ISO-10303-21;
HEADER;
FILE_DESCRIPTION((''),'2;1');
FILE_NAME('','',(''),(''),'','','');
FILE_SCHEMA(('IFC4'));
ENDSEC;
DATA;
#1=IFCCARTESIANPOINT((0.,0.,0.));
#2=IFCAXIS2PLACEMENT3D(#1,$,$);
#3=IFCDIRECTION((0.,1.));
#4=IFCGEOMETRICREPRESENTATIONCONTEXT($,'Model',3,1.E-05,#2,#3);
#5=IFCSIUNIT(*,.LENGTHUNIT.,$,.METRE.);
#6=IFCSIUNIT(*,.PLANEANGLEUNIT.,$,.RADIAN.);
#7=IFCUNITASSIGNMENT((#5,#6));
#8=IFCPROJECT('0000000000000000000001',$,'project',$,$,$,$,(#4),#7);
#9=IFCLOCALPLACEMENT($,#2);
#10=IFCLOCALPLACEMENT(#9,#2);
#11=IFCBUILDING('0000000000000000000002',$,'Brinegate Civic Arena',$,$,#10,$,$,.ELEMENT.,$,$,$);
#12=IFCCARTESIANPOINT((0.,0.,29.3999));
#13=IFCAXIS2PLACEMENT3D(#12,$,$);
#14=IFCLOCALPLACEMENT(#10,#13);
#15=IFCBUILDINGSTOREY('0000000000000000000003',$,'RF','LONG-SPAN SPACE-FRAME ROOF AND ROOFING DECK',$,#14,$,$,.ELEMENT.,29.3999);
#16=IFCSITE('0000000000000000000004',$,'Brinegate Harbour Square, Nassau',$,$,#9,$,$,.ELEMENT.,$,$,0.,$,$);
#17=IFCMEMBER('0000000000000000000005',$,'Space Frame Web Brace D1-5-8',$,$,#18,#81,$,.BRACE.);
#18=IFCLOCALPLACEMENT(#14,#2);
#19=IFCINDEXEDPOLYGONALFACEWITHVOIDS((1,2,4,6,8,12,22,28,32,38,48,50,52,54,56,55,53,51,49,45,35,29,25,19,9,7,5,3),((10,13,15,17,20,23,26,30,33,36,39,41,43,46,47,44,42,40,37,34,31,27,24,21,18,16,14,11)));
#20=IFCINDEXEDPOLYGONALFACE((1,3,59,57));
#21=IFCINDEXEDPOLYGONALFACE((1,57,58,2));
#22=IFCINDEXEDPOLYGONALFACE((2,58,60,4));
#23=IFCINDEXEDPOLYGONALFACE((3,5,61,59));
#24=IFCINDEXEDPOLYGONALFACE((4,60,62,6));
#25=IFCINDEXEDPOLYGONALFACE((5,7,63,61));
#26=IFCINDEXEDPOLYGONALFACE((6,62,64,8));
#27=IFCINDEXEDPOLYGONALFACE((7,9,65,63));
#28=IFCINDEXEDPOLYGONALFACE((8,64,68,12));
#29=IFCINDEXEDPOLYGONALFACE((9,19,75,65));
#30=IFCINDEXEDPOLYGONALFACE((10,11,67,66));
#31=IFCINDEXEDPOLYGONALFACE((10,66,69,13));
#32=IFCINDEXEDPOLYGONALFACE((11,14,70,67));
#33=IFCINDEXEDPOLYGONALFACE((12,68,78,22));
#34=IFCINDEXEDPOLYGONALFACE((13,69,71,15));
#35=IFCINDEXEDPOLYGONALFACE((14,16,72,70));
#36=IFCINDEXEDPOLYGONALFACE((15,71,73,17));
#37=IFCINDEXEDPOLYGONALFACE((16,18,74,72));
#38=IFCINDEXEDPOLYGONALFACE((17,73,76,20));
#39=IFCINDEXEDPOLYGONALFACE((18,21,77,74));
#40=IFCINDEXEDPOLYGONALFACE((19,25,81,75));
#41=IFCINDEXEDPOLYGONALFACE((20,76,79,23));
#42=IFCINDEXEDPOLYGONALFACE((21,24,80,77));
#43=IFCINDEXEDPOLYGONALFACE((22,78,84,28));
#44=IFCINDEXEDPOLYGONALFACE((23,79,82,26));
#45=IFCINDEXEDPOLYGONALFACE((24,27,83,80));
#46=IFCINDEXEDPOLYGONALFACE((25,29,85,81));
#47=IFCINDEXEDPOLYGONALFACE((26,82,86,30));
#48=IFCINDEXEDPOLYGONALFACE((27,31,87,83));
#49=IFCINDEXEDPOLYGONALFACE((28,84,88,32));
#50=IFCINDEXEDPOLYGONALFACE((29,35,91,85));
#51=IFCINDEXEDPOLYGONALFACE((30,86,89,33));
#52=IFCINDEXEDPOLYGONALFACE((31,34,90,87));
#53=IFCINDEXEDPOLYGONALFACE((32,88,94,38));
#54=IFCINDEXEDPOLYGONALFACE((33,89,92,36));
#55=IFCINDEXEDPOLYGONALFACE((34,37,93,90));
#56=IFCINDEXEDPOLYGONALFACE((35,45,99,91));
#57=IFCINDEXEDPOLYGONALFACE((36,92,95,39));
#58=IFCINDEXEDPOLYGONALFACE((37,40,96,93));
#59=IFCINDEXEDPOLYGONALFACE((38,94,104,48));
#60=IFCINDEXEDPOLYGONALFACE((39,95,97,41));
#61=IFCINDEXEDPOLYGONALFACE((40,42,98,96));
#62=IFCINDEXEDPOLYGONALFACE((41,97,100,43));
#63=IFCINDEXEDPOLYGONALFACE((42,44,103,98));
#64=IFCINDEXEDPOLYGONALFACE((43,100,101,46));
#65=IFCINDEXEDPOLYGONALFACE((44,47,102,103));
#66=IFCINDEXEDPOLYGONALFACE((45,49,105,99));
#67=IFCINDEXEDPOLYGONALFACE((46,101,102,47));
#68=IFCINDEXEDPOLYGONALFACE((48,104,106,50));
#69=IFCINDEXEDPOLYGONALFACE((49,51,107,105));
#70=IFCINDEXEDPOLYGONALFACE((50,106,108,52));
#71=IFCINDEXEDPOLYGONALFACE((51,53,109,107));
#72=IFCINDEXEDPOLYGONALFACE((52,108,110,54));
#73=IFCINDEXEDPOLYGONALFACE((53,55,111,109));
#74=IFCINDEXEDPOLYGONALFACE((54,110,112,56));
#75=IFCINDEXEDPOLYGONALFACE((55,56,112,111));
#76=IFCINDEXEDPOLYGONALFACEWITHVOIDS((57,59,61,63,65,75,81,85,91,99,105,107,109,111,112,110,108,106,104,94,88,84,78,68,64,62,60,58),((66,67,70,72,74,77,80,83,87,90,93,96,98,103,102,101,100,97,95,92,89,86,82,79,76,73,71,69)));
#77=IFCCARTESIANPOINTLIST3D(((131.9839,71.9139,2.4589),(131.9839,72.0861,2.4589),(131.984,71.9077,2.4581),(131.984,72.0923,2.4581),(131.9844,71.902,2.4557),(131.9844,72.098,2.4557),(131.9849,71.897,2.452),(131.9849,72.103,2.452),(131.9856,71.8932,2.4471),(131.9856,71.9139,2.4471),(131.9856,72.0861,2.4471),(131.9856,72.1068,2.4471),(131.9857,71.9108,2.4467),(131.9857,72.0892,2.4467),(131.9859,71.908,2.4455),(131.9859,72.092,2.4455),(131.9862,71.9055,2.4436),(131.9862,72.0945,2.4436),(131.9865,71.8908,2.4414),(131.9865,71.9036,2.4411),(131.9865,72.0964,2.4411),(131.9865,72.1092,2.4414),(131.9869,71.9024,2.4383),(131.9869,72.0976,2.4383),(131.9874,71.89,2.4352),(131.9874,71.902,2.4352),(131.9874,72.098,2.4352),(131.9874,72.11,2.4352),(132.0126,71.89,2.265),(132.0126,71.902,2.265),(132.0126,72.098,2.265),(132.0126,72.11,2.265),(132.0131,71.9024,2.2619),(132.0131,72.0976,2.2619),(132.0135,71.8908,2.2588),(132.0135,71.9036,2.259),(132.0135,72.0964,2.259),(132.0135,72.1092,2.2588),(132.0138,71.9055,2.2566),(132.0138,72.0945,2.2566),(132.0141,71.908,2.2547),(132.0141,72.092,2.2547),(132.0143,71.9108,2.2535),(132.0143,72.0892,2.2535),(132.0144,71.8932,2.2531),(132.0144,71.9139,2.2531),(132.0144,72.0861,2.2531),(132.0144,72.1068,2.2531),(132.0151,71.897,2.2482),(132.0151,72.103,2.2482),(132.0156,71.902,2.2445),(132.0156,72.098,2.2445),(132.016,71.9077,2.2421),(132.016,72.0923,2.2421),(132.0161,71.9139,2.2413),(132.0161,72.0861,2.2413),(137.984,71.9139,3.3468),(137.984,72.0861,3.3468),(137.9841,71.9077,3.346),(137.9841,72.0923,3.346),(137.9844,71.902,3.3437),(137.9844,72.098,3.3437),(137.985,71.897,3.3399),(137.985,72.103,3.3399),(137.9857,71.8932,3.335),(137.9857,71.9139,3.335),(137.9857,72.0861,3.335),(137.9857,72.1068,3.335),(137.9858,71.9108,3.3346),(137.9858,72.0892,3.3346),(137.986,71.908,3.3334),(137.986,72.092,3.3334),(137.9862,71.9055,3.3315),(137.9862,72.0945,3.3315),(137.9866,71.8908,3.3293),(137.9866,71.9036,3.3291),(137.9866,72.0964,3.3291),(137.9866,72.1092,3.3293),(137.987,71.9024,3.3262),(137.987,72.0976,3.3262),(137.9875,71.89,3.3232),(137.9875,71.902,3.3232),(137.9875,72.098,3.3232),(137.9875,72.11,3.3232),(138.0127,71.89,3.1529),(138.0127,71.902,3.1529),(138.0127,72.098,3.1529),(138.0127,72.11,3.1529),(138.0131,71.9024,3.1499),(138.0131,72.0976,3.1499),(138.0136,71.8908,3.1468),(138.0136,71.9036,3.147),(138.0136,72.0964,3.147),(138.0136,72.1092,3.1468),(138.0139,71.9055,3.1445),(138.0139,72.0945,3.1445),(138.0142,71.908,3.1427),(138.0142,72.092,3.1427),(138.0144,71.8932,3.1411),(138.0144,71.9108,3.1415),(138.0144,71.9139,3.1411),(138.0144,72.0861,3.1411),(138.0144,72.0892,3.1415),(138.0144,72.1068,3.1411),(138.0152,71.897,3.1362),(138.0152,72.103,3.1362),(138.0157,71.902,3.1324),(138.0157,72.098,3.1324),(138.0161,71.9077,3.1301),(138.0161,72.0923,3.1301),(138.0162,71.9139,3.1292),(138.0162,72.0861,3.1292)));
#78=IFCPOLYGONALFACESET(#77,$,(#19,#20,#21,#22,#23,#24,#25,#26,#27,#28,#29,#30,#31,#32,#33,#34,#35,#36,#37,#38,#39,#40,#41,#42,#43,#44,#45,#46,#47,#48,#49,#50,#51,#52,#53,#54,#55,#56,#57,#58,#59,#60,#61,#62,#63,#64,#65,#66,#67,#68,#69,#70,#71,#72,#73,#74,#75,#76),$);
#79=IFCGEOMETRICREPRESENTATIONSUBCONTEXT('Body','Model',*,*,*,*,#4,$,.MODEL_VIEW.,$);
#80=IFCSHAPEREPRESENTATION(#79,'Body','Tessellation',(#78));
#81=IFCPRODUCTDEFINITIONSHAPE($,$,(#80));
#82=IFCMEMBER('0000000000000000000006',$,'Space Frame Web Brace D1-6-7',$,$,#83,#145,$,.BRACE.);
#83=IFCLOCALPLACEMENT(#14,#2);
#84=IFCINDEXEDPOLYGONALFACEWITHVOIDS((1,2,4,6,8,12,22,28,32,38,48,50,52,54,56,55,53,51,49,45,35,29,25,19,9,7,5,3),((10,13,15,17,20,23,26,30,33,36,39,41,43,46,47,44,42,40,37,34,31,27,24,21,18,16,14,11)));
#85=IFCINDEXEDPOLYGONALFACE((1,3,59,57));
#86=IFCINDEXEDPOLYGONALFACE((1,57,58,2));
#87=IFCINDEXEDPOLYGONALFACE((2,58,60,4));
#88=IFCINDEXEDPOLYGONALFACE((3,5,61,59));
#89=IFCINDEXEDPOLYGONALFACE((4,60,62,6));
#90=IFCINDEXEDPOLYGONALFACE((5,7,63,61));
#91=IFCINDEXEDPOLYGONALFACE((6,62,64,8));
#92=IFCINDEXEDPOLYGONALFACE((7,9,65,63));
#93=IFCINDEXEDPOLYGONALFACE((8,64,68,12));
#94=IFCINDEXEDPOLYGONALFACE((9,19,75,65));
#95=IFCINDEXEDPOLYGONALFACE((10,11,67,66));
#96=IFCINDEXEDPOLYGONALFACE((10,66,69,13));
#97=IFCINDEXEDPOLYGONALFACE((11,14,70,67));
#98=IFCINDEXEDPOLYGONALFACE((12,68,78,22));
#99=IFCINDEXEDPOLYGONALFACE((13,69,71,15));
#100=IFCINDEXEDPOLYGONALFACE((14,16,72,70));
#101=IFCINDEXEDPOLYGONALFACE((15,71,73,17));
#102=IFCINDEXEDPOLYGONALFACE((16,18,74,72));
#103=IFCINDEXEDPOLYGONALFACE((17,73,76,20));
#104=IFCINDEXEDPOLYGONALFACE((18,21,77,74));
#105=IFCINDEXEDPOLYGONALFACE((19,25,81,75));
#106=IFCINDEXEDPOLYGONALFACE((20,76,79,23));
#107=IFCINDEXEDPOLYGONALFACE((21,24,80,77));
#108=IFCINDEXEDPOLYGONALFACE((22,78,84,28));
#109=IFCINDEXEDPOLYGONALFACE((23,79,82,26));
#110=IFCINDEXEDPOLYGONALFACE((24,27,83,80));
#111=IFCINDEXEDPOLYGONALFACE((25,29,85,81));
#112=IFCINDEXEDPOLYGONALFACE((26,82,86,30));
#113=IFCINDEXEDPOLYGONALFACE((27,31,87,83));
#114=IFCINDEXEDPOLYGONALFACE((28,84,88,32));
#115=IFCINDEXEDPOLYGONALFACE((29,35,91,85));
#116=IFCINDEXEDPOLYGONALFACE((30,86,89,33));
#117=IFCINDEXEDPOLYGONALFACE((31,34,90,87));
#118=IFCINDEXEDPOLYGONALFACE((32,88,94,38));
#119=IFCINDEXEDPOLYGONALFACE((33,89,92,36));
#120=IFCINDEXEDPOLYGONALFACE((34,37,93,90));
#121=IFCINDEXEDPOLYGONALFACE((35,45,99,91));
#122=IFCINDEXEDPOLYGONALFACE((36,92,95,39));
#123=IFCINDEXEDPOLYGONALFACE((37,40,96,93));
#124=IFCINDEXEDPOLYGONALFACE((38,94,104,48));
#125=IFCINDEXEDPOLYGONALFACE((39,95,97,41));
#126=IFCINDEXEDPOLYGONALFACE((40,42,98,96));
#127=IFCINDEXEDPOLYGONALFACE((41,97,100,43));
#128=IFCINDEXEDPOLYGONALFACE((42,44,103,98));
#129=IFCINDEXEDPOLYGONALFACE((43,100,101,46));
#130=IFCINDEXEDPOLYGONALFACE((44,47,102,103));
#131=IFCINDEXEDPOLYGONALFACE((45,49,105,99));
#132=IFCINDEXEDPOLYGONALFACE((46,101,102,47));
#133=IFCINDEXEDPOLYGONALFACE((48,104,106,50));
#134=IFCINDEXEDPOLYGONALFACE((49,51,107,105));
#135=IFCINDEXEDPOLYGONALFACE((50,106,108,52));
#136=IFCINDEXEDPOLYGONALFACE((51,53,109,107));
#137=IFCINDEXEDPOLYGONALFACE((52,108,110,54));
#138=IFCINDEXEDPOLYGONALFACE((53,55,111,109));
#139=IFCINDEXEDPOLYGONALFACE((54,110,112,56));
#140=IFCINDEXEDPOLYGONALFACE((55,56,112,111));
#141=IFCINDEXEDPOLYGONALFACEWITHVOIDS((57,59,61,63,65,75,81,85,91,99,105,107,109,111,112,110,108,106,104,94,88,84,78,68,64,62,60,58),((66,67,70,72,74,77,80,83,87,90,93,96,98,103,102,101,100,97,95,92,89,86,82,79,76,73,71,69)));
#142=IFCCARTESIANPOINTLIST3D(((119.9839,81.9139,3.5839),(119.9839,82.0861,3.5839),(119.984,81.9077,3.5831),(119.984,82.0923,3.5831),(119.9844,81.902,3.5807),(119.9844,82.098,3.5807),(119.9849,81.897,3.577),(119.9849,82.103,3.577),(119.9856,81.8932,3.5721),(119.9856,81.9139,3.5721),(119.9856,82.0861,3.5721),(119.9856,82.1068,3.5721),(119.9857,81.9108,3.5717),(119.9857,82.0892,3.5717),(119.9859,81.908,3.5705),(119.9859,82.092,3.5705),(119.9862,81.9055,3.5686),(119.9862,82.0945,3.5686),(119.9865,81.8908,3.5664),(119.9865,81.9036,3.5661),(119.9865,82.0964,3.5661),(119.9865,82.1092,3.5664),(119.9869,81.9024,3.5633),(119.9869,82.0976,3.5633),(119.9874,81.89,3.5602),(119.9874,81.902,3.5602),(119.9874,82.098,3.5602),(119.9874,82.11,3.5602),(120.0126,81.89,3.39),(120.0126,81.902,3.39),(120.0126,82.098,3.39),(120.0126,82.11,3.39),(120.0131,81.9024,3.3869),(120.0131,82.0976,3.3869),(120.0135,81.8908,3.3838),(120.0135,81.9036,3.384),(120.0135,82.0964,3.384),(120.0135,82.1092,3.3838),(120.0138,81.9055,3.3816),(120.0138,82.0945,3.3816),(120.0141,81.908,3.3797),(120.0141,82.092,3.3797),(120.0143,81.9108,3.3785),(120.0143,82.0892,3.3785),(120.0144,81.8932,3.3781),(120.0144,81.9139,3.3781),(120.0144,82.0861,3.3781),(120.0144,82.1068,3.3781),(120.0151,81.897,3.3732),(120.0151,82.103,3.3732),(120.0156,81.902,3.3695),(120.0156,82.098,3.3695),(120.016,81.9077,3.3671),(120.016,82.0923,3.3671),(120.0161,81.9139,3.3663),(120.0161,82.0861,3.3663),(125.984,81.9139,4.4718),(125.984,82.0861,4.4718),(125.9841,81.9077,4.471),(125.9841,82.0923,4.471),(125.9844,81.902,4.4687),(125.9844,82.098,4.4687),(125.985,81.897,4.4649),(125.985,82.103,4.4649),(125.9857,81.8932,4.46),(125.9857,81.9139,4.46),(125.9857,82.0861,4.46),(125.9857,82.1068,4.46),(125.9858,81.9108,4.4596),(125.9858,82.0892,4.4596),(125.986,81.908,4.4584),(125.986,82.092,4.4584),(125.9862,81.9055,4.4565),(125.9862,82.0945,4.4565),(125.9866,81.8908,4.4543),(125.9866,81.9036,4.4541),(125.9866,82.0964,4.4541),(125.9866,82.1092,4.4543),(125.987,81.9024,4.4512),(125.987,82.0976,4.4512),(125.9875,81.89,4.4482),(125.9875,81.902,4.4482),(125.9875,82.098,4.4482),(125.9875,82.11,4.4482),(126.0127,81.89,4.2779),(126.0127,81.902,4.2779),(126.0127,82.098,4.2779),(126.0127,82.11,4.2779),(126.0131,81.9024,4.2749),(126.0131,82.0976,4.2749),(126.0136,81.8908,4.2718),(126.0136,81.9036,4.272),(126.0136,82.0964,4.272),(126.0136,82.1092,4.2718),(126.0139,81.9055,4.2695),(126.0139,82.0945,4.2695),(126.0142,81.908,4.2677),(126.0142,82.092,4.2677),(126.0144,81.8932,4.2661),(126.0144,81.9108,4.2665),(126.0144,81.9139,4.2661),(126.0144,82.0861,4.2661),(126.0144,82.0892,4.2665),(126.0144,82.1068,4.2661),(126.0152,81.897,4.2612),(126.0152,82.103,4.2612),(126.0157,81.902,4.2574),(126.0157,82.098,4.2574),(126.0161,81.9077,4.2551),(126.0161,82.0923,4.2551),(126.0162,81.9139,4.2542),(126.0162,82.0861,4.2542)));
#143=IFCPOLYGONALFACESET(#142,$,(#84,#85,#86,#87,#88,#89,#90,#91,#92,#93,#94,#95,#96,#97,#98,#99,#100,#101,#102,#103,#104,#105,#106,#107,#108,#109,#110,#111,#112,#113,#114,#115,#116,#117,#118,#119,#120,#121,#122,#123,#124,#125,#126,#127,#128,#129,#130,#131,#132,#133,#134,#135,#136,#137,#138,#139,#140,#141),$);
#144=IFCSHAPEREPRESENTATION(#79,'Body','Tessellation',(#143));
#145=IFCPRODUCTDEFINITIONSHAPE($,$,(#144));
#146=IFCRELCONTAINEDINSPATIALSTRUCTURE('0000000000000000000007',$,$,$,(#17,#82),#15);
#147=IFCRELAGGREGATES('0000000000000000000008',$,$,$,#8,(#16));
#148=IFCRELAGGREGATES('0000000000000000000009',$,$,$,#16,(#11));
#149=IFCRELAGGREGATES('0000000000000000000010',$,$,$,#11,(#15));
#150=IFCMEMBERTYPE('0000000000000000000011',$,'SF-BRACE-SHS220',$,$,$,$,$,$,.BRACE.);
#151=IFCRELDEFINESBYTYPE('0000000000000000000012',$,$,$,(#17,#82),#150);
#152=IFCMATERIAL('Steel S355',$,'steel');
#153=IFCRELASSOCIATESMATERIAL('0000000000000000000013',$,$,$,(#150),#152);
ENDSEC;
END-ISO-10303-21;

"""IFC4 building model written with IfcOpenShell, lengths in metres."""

from ifc_helpers import new_model, si_unit, direction, frame, origin, origin_2d, place, context, subcontext, project, spatial, hollow_rectangle, extrude, material, material_profile, profile_set, type_object, element, save


model = new_model("IFC4")

# Units and contexts
model_context = context("Model", 3, precision=1e-05, world=origin(), true_north=direction((0.0, 1.0)))
body_context = subcontext(model_context, "Body", "Model", "MODEL_VIEW")
ifc_project = project(units=[si_unit("LENGTHUNIT", "METRE"), si_unit("PLANEANGLEUNIT", "RADIAN")], contexts=[model_context])

# Site, building, storey
site_placement = place(None, origin())
site = spatial("IfcSite", under=ifc_project, at=site_placement, Name="Brinegate Harbour Square, Nassau", CompositionType="ELEMENT", RefElevation=0.0)
building_placement = place(site_placement, origin())
building = spatial("IfcBuilding", under=site, at=building_placement, Name="Brinegate Civic Arena", CompositionType="ELEMENT")
storey_placement = place(building_placement, frame((0.0, 0.0, 29.3999)))
storey = spatial("IfcBuildingStorey", under=building, at=storey_placement, Name="RF", Description="LONG-SPAN SPACE-FRAME ROOF AND ROOFING DECK", CompositionType="ELEMENT", Elevation=29.3999)

# Members
ifc_material = material(Name="Steel S355", Category="steel")
ifc_material_profile_1 = material_profile(ifc_material, hollow_rectangle(XDim=0.22, YDim=0.22, WallThickness=0.012, InnerFilletRadius=0.012, OuterFilletRadius=0.0239, at=origin_2d()), Name="SHS220X12")
ifc_profile_set_1 = profile_set([ifc_material_profile_1], Name="Steel S355")
member_type_1 = type_object("IfcMemberType", Name="SF-BRACE-SHS220", PredefinedType="BRACE", material=ifc_profile_set_1)
for number, where, z_axis, x_axis, name in (
    (1, (132.0, 72.0, 2.3501), (0.989226, 0.0, 0.146395), (0.0, 1.0, 0.0), "Space Frame Web Brace D1-5-8"),
    (2, (120.0, 82.0, 3.4751), (0.989226, 0.0, 0.146395), (0.0, 1.0, 0.0), "Space Frame Web Brace D1-6-7"),
):
    element("IfcMember", number, at=place(storey_placement, frame(where, z_axis=z_axis, x_axis=x_axis)), inside=storey, type_object=member_type_1, Name=name, PredefinedType="BRACE", context=body_context, shape_type="SweptSolid", body=[
        extrude(hollow_rectangle(XDim=0.22, YDim=0.22, WallThickness=0.012, InnerFilletRadius=0.012, OuterFilletRadius=0.0239, at=origin_2d()), origin(), (0.0, 0.0, 1.0), 6.0654),
    ])

save(model, "model.ifc")
